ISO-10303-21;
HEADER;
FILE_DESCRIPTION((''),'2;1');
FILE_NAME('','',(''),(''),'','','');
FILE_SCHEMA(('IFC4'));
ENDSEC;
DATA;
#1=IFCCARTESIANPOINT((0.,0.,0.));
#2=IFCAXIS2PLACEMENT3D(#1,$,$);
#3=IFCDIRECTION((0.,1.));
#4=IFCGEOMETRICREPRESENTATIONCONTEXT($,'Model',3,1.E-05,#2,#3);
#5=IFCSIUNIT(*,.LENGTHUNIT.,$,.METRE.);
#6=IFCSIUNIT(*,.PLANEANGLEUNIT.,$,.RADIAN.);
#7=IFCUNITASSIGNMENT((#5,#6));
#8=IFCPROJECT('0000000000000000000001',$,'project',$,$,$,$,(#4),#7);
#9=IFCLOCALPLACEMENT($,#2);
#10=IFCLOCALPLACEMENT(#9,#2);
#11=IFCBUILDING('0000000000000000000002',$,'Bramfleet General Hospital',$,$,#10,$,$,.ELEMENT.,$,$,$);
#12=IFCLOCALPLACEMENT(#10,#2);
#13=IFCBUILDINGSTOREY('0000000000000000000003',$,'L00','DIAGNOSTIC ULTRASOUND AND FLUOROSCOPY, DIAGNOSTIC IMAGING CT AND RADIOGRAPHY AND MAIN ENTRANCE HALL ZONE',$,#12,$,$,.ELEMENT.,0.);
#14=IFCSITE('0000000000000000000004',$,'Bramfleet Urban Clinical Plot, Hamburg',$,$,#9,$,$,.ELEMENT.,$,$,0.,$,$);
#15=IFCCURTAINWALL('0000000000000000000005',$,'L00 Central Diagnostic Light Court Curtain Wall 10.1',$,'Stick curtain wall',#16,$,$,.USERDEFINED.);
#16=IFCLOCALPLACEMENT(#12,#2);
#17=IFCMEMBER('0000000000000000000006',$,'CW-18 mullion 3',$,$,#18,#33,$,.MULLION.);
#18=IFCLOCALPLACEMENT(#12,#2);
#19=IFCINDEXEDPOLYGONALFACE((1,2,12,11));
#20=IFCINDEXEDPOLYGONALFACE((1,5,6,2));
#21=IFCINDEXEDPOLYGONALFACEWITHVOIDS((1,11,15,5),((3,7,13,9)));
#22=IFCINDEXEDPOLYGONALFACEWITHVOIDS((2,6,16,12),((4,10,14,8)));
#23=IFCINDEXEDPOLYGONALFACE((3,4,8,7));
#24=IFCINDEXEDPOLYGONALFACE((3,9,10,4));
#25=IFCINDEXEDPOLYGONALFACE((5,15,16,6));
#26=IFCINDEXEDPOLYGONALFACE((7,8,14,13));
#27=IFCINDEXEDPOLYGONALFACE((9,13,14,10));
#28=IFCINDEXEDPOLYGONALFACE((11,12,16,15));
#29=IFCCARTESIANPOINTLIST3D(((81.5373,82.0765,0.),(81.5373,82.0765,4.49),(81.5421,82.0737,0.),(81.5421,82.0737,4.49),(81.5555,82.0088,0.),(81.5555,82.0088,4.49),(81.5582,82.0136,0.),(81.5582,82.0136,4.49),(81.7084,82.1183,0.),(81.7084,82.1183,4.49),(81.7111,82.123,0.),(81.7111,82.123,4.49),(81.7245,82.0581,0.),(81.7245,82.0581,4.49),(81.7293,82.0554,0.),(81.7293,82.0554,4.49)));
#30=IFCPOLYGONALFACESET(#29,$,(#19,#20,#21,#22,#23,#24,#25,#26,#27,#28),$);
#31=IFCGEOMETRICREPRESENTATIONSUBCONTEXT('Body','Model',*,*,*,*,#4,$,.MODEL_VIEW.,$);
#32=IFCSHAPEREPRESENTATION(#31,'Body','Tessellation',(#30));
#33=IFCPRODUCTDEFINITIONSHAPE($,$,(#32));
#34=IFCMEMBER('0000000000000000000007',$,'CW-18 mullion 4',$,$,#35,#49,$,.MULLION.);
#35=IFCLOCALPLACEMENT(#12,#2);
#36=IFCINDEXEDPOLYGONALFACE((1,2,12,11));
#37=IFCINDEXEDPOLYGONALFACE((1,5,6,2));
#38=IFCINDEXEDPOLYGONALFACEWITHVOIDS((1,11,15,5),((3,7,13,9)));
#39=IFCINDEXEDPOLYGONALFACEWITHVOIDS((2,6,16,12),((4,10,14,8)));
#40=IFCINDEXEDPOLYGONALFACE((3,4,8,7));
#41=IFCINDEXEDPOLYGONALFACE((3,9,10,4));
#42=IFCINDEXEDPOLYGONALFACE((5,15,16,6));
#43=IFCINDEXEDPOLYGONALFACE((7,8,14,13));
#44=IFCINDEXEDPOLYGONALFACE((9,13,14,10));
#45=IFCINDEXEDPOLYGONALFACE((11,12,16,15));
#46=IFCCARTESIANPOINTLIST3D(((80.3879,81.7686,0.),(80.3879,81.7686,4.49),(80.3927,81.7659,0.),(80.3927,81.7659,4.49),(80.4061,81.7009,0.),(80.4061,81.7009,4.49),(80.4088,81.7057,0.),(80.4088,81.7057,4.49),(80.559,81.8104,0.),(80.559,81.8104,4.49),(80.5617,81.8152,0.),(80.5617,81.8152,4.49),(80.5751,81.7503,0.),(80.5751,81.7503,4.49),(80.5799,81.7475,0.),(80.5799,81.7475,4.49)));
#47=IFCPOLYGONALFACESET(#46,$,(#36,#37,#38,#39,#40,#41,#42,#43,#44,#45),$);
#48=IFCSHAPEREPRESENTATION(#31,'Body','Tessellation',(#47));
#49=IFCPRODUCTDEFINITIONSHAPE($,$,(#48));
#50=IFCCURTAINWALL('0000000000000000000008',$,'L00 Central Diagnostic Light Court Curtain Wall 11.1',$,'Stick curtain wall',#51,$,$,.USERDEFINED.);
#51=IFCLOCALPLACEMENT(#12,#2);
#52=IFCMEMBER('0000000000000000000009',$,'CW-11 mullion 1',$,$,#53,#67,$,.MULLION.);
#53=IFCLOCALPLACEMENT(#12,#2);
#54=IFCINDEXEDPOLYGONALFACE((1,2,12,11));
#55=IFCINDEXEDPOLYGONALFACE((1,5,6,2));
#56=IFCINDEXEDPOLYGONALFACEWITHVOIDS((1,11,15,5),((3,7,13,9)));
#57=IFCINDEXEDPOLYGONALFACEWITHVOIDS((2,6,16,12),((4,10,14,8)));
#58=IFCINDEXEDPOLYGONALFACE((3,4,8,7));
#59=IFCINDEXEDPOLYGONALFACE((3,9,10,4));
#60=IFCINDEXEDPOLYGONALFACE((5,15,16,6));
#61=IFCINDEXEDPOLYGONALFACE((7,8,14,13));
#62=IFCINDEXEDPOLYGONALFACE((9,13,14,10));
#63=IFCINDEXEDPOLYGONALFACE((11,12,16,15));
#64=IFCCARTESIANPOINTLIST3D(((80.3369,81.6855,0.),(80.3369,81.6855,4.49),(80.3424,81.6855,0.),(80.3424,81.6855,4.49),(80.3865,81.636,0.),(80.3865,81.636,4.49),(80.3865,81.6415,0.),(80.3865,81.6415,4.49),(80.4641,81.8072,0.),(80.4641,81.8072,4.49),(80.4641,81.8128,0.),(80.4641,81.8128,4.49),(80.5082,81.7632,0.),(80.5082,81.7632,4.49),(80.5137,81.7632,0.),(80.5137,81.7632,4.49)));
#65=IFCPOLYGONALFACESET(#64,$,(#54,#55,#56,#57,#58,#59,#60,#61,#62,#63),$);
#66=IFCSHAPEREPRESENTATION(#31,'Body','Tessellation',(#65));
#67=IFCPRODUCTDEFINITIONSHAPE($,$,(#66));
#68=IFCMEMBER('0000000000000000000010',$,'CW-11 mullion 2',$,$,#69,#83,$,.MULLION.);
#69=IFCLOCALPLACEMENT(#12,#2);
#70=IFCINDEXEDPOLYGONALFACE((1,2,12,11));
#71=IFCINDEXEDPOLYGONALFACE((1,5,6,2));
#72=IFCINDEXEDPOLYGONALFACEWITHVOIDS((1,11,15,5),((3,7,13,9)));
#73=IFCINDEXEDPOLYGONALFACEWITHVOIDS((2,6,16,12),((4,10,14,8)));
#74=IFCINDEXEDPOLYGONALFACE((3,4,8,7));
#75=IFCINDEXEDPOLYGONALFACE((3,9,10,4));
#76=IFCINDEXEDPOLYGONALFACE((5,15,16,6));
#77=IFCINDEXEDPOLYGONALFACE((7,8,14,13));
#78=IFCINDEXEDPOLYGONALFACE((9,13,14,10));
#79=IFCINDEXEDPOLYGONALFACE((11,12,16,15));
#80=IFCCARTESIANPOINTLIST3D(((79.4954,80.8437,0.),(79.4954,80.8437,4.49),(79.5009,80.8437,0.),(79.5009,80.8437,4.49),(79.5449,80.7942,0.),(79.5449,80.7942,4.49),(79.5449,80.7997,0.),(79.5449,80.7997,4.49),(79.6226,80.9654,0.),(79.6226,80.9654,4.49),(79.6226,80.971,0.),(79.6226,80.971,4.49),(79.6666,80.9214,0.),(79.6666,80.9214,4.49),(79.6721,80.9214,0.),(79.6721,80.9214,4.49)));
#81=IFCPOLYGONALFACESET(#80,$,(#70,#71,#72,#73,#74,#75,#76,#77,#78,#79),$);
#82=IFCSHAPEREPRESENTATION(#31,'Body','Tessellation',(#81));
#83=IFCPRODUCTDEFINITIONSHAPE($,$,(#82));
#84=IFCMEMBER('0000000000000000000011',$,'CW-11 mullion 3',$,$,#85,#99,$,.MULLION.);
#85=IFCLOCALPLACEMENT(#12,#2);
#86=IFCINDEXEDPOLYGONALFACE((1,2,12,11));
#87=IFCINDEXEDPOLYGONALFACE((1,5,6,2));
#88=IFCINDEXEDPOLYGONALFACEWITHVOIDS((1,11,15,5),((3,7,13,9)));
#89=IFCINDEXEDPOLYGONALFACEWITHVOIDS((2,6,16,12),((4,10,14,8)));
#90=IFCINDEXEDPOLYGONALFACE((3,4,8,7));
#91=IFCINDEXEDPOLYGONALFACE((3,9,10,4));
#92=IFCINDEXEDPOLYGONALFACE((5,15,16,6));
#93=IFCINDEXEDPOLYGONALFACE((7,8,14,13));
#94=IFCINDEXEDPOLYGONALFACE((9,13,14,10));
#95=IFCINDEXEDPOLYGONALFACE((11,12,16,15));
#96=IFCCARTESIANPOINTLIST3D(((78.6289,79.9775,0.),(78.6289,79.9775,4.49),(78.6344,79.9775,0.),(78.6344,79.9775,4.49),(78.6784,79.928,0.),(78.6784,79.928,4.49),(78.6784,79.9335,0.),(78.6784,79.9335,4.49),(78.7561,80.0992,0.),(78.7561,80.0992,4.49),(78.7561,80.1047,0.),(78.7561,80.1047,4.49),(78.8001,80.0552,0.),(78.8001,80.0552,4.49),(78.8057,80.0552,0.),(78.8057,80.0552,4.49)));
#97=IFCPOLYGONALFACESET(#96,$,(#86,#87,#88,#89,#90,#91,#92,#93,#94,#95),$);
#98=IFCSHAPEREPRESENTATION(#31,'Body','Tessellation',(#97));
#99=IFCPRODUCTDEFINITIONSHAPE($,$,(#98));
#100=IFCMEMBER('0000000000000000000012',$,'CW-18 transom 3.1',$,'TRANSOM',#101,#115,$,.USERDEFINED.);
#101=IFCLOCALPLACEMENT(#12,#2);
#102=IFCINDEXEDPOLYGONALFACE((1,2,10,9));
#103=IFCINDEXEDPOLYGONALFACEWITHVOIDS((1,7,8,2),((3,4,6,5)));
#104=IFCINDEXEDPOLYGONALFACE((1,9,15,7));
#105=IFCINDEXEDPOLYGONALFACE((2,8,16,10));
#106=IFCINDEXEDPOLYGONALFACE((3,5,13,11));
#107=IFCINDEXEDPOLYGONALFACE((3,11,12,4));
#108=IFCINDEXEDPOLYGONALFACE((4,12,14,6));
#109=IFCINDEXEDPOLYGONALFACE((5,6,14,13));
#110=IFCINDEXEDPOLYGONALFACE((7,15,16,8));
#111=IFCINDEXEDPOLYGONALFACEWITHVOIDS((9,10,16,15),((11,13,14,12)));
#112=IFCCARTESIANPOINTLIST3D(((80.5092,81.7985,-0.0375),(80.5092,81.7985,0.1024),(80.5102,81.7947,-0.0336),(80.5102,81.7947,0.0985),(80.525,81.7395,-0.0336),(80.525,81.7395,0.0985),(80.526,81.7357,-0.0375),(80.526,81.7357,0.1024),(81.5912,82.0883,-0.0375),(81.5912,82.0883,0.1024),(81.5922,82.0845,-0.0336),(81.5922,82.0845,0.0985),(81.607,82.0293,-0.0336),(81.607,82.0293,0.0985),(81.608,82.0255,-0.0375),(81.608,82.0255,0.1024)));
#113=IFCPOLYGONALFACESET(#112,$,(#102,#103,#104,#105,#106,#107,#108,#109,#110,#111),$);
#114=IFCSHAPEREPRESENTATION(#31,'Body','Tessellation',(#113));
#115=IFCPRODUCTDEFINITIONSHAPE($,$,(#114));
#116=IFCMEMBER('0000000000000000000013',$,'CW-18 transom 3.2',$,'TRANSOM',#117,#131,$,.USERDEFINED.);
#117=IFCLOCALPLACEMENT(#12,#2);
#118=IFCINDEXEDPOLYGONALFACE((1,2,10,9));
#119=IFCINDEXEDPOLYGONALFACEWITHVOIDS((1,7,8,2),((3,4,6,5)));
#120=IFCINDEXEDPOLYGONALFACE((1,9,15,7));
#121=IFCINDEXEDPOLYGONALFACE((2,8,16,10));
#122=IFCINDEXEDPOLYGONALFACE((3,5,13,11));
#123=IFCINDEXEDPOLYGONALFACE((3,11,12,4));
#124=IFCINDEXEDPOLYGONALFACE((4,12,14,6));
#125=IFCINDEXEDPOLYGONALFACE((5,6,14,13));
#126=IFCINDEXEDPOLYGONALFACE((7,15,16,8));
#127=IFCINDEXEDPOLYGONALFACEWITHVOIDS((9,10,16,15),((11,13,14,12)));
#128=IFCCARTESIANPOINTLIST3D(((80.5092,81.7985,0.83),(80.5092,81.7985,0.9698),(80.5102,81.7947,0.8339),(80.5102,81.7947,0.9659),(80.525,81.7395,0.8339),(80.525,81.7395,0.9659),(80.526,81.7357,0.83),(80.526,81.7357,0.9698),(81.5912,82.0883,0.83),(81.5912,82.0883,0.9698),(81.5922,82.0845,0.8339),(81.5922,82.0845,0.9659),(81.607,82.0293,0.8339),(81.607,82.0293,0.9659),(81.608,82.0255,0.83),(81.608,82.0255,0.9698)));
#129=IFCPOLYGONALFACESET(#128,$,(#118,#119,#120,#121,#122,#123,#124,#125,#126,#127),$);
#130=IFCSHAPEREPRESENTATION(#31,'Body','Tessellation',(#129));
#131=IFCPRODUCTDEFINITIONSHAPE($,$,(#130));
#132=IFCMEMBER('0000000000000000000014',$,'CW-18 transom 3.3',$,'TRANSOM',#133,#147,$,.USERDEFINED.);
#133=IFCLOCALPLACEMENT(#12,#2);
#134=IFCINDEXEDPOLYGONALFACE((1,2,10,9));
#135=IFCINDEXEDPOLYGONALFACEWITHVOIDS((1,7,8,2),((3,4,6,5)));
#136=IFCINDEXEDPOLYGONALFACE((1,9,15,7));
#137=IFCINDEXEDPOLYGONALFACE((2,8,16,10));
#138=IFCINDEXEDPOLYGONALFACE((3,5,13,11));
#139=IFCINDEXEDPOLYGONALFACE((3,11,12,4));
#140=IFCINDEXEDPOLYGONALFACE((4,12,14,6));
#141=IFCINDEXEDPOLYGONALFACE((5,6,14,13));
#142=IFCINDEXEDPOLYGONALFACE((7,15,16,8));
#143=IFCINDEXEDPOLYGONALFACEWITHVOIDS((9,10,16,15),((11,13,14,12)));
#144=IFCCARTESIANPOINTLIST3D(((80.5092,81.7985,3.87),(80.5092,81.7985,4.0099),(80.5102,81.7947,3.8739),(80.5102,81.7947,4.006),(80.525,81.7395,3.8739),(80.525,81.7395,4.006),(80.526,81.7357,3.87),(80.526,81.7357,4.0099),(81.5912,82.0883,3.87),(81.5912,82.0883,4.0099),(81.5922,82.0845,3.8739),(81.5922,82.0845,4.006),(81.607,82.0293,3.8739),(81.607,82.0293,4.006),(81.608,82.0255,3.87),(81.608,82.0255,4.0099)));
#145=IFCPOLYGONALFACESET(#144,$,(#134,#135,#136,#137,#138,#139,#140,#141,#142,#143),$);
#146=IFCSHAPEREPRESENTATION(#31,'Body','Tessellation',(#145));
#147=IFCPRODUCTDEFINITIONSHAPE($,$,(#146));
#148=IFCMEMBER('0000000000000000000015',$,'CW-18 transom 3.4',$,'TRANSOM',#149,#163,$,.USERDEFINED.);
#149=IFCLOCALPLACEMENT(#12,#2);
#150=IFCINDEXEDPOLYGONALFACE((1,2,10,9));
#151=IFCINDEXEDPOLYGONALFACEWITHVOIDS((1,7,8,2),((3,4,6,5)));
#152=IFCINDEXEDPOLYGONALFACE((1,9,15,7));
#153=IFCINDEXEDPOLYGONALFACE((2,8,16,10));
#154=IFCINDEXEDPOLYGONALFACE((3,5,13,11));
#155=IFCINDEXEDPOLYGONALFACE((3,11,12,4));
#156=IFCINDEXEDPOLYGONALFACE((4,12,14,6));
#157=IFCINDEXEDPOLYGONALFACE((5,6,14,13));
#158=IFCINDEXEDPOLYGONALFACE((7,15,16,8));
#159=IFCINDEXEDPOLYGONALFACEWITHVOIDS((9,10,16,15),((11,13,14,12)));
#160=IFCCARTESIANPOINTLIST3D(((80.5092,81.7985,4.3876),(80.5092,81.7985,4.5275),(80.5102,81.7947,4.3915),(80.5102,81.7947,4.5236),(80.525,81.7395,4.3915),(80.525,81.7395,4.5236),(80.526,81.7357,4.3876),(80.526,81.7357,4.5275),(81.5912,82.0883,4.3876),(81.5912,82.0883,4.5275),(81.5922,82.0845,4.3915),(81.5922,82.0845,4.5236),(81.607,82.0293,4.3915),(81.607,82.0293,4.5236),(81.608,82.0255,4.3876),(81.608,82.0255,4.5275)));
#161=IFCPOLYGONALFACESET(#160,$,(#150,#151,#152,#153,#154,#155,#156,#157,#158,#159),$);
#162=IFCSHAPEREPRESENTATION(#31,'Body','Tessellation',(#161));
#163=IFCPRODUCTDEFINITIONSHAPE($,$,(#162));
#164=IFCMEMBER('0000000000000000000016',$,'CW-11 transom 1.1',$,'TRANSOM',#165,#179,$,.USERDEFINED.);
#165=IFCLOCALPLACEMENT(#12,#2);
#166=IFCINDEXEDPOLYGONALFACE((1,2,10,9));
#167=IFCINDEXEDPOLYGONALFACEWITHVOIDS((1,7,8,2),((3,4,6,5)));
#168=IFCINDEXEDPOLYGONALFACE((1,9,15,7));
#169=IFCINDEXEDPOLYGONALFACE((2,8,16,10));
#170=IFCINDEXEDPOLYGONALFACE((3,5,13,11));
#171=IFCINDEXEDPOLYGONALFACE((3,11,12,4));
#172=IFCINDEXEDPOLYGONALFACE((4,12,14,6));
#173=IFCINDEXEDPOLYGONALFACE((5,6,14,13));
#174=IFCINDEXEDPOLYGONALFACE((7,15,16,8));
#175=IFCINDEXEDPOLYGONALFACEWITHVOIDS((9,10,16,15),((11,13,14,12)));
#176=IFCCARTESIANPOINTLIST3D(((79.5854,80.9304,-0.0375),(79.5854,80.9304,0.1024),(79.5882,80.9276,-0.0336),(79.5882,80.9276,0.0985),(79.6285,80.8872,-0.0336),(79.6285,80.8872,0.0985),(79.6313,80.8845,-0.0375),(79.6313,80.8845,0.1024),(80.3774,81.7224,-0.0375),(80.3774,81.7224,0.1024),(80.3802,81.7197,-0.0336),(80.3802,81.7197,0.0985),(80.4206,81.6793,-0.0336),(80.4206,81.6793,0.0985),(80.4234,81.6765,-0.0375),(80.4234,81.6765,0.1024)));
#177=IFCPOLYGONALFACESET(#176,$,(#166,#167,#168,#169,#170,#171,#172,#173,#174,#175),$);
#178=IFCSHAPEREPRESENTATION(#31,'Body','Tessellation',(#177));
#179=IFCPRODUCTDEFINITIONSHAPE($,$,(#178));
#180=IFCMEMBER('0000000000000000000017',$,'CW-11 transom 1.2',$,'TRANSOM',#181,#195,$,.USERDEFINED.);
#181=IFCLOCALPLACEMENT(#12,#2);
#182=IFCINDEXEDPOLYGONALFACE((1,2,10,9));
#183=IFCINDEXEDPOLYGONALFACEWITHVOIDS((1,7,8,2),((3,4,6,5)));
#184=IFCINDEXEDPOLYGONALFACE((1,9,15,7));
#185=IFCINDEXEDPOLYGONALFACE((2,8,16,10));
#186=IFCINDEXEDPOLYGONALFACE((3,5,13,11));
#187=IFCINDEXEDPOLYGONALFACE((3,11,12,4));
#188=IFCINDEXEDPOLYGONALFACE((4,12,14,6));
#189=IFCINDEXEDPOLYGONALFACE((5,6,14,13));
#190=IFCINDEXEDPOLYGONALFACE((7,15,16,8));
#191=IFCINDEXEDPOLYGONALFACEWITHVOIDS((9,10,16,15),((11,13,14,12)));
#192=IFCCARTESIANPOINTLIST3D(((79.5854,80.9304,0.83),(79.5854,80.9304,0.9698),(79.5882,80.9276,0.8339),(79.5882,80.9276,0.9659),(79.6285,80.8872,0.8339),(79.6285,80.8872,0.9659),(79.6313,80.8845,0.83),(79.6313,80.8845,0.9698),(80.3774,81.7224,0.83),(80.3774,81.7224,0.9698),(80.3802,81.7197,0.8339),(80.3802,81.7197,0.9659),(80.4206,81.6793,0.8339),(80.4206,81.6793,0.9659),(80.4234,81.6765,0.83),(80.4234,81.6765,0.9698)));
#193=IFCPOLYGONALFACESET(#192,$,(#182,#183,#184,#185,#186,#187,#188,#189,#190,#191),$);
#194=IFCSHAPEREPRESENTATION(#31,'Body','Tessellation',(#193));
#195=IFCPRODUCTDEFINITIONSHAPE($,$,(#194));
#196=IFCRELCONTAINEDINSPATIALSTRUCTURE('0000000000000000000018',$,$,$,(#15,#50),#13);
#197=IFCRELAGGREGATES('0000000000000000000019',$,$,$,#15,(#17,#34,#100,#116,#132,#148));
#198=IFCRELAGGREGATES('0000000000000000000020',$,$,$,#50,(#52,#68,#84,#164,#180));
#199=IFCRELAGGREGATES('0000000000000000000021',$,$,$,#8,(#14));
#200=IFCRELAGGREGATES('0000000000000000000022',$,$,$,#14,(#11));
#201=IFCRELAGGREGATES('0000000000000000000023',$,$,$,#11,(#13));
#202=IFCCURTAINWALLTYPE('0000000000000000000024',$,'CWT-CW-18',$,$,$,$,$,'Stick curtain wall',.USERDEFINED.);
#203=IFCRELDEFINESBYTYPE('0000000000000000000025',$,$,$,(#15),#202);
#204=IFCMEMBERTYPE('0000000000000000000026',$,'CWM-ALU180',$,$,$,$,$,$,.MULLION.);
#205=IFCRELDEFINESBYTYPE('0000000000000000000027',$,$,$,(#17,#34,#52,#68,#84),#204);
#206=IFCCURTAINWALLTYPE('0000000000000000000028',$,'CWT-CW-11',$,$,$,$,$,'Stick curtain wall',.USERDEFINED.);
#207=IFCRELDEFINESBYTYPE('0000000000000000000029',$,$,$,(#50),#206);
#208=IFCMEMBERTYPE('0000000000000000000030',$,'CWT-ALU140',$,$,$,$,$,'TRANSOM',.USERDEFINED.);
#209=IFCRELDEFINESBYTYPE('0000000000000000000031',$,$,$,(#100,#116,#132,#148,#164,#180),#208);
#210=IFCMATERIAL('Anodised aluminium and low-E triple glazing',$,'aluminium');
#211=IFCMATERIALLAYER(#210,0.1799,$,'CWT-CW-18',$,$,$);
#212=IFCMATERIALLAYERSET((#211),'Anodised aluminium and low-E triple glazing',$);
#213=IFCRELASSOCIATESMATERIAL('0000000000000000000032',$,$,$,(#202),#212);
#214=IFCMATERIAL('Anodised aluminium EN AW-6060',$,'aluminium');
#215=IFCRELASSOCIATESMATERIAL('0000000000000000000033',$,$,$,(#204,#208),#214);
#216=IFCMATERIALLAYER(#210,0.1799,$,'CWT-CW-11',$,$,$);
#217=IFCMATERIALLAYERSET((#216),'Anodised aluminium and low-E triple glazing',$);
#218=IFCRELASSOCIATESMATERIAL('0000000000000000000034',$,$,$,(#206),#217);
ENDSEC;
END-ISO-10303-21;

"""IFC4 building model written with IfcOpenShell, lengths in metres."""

from ifc_helpers import new_model, si_unit, direction, frame, origin, origin_2d, place, context, subcontext, project, spatial, hollow_rectangle, extrude, material, layer, layer_set, material_profile, profile_set, type_object, element, aggregate, save


model = new_model("IFC4")

# Units and contexts
model_context = context("Model", 3, precision=1e-05, world=origin(), true_north=direction((0.0, 1.0)))
body_context = subcontext(model_context, "Body", "Model", "MODEL_VIEW")
ifc_project = project(units=[si_unit("LENGTHUNIT", "METRE"), si_unit("PLANEANGLEUNIT", "RADIAN")], contexts=[model_context])

# Site, building, storey
site_placement = place(None, origin())
site = spatial("IfcSite", under=ifc_project, at=site_placement, Name="Bramfleet Urban Clinical Plot, Hamburg", CompositionType="ELEMENT", RefElevation=0.0)
building_placement = place(site_placement, origin())
building = spatial("IfcBuilding", under=site, at=building_placement, Name="Bramfleet General Hospital", CompositionType="ELEMENT")
storey_placement = place(building_placement, origin())
storey = spatial("IfcBuildingStorey", under=building, at=storey_placement, Name="L00", Description="DIAGNOSTIC ULTRASOUND AND FLUOROSCOPY, DIAGNOSTIC IMAGING CT AND RADIOGRAPHY AND MAIN ENTRANCE HALL ZONE", CompositionType="ELEMENT", Elevation=0.0)

# Curtain walls, members
ifc_material_1 = material(Name="Anodised aluminium and low-E triple glazing", Category="aluminium")
ifc_layer_1 = layer(ifc_material_1, 0.1799, Name="CWT-CW-18")
ifc_layer_set_1 = layer_set([ifc_layer_1], Name="Anodised aluminium and low-E triple glazing")
curtain_wall_type_1 = type_object("IfcCurtainWallType", Name="CWT-CW-18", ElementType="Stick curtain wall", PredefinedType="USERDEFINED", material=ifc_layer_set_1)
curtain_wall_1_placement = place(storey_placement, origin())
curtain_wall_1 = element("IfcCurtainWall", 1, at=curtain_wall_1_placement, inside=storey, type_object=curtain_wall_type_1, Name="L00 Central Diagnostic Light Court Curtain Wall 10.1", ObjectType="Stick curtain wall", PredefinedType="USERDEFINED")
ifc_material_2 = material(Name="Anodised aluminium EN AW-6060", Category="aluminium")
ifc_material_profile_1 = material_profile(ifc_material_2, hollow_rectangle(XDim=0.0701, YDim=0.1799, WallThickness=0.0039, at=origin_2d()), Name="ALU 180x70x4.0")
ifc_profile_set_1 = profile_set([ifc_material_profile_1], Name="Anodised aluminium EN AW-6060")
member_type_1 = type_object("IfcMemberType", Name="CWM-ALU180", PredefinedType="MULLION", material=ifc_profile_set_1)
member_1_placement = place(storey_placement, frame((81.6333, 82.0659, 0.0), z_axis=(0.0, 0.0, 1.0), x_axis=(0.258763, -0.965941, 0.0)))
member_1 = element("IfcMember", 2, at=member_1_placement, type_object=member_type_1, Name="CW-18 mullion 3", PredefinedType="MULLION", context=body_context, shape_type="SweptSolid", body=[
    extrude(hollow_rectangle(XDim=0.0701, YDim=0.1799, WallThickness=0.0039, at=origin_2d()), origin(), (0.0, 0.0, 1.0), 4.49),
])
member_2_placement = place(storey_placement, frame((80.4839, 81.7581, 0.0), z_axis=(0.0, 0.0, 1.0), x_axis=(0.258763, -0.965941, 0.0)))
member_2 = element("IfcMember", 3, at=member_2_placement, type_object=member_type_1, Name="CW-18 mullion 4", PredefinedType="MULLION", context=body_context, shape_type="SweptSolid", body=[
    extrude(hollow_rectangle(XDim=0.0701, YDim=0.1799, WallThickness=0.0039, at=origin_2d()), origin(), (0.0, 0.0, 1.0), 4.49),
])
ifc_layer_2 = layer(ifc_material_1, 0.1799, Name="CWT-CW-11")
ifc_layer_set_2 = layer_set([ifc_layer_2], Name="Anodised aluminium and low-E triple glazing")
curtain_wall_type_2 = type_object("IfcCurtainWallType", Name="CWT-CW-11", ElementType="Stick curtain wall", PredefinedType="USERDEFINED", material=ifc_layer_set_2)
curtain_wall_2_placement = place(storey_placement, origin())
curtain_wall_2 = element("IfcCurtainWall", 4, at=curtain_wall_2_placement, inside=storey, type_object=curtain_wall_type_2, Name="L00 Central Diagnostic Light Court Curtain Wall 11.1", ObjectType="Stick curtain wall", PredefinedType="USERDEFINED")
member_3_placement = place(storey_placement, frame((80.4253, 81.7244, 0.0), z_axis=(0.0, 0.0, 1.0), x_axis=(0.707107, -0.707107, 0.0)))
member_3 = element("IfcMember", 5, at=member_3_placement, type_object=member_type_1, Name="CW-11 mullion 1", PredefinedType="MULLION", context=body_context, shape_type="SweptSolid", body=[
    extrude(hollow_rectangle(XDim=0.0701, YDim=0.1799, WallThickness=0.0039, at=origin_2d()), origin(), (0.0, 0.0, 1.0), 4.49),
])
member_4_placement = place(storey_placement, frame((79.5837, 80.8826, 0.0), z_axis=(0.0, 0.0, 1.0), x_axis=(0.707107, -0.707107, 0.0)))
member_4 = element("IfcMember", 6, at=member_4_placement, type_object=member_type_1, Name="CW-11 mullion 2", PredefinedType="MULLION", context=body_context, shape_type="SweptSolid", body=[
    extrude(hollow_rectangle(XDim=0.0701, YDim=0.1799, WallThickness=0.0039, at=origin_2d()), origin(), (0.0, 0.0, 1.0), 4.49),
])
member_5_placement = place(storey_placement, frame((78.7173, 80.0164, 0.0), z_axis=(0.0, 0.0, 1.0), x_axis=(0.707107, -0.707107, 0.0)))
member_5 = element("IfcMember", 7, at=member_5_placement, type_object=member_type_1, Name="CW-11 mullion 3", PredefinedType="MULLION", context=body_context, shape_type="SweptSolid", body=[
    extrude(hollow_rectangle(XDim=0.0701, YDim=0.1799, WallThickness=0.0039, at=origin_2d()), origin(), (0.0, 0.0, 1.0), 4.49),
])

# Members
ifc_material_profile_2 = material_profile(ifc_material_2, hollow_rectangle(XDim=0.0649, YDim=0.1399, WallThickness=0.0039, at=origin_2d()), Name="ALU 140x65x4.0")
ifc_profile_set_2 = profile_set([ifc_material_profile_2], Name="Anodised aluminium EN AW-6060")
member_type_2 = type_object("IfcMemberType", Name="CWT-ALU140", ElementType="TRANSOM", PredefinedType="USERDEFINED", material=ifc_profile_set_2)
member_6_placement = place(storey_placement, frame((81.5996, 82.0569, 0.0325), z_axis=(-0.965956, -0.258707, 0.0), x_axis=(0.258707, -0.965956, 0.0)))
member_6 = element("IfcMember", 8, at=member_6_placement, type_object=member_type_2, Name="CW-18 transom 3.1", ObjectType="TRANSOM", PredefinedType="USERDEFINED", context=body_context, shape_type="SweptSolid", body=[
    extrude(hollow_rectangle(XDim=0.0649, YDim=0.1399, WallThickness=0.0039, at=origin_2d()), origin(), (0.0, 0.0, 1.0), 1.1201),
])
member_7_placement = place(storey_placement, frame((81.5996, 82.0569, 0.8999), z_axis=(-0.965956, -0.258707, 0.0), x_axis=(0.258707, -0.965956, 0.0)))
member_7 = element("IfcMember", 9, at=member_7_placement, type_object=member_type_2, Name="CW-18 transom 3.2", ObjectType="TRANSOM", PredefinedType="USERDEFINED", context=body_context, shape_type="SweptSolid", body=[
    extrude(hollow_rectangle(XDim=0.0649, YDim=0.1399, WallThickness=0.0039, at=origin_2d()), origin(), (0.0, 0.0, 1.0), 1.1201),
])
member_8_placement = place(storey_placement, frame((81.5996, 82.0569, 3.9399), z_axis=(-0.965956, -0.258707, 0.0), x_axis=(0.258707, -0.965956, 0.0)))
member_8 = element("IfcMember", 10, at=member_8_placement, type_object=member_type_2, Name="CW-18 transom 3.3", ObjectType="TRANSOM", PredefinedType="USERDEFINED", context=body_context, shape_type="SweptSolid", body=[
    extrude(hollow_rectangle(XDim=0.0649, YDim=0.1399, WallThickness=0.0039, at=origin_2d()), origin(), (0.0, 0.0, 1.0), 1.1201),
])
member_9_placement = place(storey_placement, frame((81.5996, 82.0569, 4.4575), z_axis=(-0.965956, -0.258707, 0.0), x_axis=(0.258707, -0.965956, 0.0)))
member_9 = element("IfcMember", 11, at=member_9_placement, type_object=member_type_2, Name="CW-18 transom 3.4", ObjectType="TRANSOM", PredefinedType="USERDEFINED", context=body_context, shape_type="SweptSolid", body=[
    extrude(hollow_rectangle(XDim=0.0649, YDim=0.1399, WallThickness=0.0039, at=origin_2d()), origin(), (0.0, 0.0, 1.0), 1.1201),
])
member_10_placement = place(storey_placement, frame((80.4004, 81.6995, 0.0325), z_axis=(-0.707107, -0.707107, 0.0), x_axis=(0.707107, -0.707107, 0.0)))
member_10 = element("IfcMember", 12, at=member_10_placement, type_object=member_type_2, Name="CW-11 transom 1.1", ObjectType="TRANSOM", PredefinedType="USERDEFINED", context=body_context, shape_type="SweptSolid", body=[
    extrude(hollow_rectangle(XDim=0.0649, YDim=0.1399, WallThickness=0.0039, at=origin_2d()), origin(), (0.0, 0.0, 1.0), 1.1201),
])
member_11_placement = place(storey_placement, frame((80.4004, 81.6995, 0.8999), z_axis=(-0.707107, -0.707107, 0.0), x_axis=(0.707107, -0.707107, 0.0)))
member_11 = element("IfcMember", 13, at=member_11_placement, type_object=member_type_2, Name="CW-11 transom 1.2", ObjectType="TRANSOM", PredefinedType="USERDEFINED", context=body_context, shape_type="SweptSolid", body=[
    extrude(hollow_rectangle(XDim=0.0649, YDim=0.1399, WallThickness=0.0039, at=origin_2d()), origin(), (0.0, 0.0, 1.0), 1.1201),
])

aggregate(curtain_wall_1, [member_1, member_2, member_6, member_7, member_8, member_9])
aggregate(curtain_wall_2, [member_3, member_4, member_5, member_10, member_11])

save(model, "model.ifc")
